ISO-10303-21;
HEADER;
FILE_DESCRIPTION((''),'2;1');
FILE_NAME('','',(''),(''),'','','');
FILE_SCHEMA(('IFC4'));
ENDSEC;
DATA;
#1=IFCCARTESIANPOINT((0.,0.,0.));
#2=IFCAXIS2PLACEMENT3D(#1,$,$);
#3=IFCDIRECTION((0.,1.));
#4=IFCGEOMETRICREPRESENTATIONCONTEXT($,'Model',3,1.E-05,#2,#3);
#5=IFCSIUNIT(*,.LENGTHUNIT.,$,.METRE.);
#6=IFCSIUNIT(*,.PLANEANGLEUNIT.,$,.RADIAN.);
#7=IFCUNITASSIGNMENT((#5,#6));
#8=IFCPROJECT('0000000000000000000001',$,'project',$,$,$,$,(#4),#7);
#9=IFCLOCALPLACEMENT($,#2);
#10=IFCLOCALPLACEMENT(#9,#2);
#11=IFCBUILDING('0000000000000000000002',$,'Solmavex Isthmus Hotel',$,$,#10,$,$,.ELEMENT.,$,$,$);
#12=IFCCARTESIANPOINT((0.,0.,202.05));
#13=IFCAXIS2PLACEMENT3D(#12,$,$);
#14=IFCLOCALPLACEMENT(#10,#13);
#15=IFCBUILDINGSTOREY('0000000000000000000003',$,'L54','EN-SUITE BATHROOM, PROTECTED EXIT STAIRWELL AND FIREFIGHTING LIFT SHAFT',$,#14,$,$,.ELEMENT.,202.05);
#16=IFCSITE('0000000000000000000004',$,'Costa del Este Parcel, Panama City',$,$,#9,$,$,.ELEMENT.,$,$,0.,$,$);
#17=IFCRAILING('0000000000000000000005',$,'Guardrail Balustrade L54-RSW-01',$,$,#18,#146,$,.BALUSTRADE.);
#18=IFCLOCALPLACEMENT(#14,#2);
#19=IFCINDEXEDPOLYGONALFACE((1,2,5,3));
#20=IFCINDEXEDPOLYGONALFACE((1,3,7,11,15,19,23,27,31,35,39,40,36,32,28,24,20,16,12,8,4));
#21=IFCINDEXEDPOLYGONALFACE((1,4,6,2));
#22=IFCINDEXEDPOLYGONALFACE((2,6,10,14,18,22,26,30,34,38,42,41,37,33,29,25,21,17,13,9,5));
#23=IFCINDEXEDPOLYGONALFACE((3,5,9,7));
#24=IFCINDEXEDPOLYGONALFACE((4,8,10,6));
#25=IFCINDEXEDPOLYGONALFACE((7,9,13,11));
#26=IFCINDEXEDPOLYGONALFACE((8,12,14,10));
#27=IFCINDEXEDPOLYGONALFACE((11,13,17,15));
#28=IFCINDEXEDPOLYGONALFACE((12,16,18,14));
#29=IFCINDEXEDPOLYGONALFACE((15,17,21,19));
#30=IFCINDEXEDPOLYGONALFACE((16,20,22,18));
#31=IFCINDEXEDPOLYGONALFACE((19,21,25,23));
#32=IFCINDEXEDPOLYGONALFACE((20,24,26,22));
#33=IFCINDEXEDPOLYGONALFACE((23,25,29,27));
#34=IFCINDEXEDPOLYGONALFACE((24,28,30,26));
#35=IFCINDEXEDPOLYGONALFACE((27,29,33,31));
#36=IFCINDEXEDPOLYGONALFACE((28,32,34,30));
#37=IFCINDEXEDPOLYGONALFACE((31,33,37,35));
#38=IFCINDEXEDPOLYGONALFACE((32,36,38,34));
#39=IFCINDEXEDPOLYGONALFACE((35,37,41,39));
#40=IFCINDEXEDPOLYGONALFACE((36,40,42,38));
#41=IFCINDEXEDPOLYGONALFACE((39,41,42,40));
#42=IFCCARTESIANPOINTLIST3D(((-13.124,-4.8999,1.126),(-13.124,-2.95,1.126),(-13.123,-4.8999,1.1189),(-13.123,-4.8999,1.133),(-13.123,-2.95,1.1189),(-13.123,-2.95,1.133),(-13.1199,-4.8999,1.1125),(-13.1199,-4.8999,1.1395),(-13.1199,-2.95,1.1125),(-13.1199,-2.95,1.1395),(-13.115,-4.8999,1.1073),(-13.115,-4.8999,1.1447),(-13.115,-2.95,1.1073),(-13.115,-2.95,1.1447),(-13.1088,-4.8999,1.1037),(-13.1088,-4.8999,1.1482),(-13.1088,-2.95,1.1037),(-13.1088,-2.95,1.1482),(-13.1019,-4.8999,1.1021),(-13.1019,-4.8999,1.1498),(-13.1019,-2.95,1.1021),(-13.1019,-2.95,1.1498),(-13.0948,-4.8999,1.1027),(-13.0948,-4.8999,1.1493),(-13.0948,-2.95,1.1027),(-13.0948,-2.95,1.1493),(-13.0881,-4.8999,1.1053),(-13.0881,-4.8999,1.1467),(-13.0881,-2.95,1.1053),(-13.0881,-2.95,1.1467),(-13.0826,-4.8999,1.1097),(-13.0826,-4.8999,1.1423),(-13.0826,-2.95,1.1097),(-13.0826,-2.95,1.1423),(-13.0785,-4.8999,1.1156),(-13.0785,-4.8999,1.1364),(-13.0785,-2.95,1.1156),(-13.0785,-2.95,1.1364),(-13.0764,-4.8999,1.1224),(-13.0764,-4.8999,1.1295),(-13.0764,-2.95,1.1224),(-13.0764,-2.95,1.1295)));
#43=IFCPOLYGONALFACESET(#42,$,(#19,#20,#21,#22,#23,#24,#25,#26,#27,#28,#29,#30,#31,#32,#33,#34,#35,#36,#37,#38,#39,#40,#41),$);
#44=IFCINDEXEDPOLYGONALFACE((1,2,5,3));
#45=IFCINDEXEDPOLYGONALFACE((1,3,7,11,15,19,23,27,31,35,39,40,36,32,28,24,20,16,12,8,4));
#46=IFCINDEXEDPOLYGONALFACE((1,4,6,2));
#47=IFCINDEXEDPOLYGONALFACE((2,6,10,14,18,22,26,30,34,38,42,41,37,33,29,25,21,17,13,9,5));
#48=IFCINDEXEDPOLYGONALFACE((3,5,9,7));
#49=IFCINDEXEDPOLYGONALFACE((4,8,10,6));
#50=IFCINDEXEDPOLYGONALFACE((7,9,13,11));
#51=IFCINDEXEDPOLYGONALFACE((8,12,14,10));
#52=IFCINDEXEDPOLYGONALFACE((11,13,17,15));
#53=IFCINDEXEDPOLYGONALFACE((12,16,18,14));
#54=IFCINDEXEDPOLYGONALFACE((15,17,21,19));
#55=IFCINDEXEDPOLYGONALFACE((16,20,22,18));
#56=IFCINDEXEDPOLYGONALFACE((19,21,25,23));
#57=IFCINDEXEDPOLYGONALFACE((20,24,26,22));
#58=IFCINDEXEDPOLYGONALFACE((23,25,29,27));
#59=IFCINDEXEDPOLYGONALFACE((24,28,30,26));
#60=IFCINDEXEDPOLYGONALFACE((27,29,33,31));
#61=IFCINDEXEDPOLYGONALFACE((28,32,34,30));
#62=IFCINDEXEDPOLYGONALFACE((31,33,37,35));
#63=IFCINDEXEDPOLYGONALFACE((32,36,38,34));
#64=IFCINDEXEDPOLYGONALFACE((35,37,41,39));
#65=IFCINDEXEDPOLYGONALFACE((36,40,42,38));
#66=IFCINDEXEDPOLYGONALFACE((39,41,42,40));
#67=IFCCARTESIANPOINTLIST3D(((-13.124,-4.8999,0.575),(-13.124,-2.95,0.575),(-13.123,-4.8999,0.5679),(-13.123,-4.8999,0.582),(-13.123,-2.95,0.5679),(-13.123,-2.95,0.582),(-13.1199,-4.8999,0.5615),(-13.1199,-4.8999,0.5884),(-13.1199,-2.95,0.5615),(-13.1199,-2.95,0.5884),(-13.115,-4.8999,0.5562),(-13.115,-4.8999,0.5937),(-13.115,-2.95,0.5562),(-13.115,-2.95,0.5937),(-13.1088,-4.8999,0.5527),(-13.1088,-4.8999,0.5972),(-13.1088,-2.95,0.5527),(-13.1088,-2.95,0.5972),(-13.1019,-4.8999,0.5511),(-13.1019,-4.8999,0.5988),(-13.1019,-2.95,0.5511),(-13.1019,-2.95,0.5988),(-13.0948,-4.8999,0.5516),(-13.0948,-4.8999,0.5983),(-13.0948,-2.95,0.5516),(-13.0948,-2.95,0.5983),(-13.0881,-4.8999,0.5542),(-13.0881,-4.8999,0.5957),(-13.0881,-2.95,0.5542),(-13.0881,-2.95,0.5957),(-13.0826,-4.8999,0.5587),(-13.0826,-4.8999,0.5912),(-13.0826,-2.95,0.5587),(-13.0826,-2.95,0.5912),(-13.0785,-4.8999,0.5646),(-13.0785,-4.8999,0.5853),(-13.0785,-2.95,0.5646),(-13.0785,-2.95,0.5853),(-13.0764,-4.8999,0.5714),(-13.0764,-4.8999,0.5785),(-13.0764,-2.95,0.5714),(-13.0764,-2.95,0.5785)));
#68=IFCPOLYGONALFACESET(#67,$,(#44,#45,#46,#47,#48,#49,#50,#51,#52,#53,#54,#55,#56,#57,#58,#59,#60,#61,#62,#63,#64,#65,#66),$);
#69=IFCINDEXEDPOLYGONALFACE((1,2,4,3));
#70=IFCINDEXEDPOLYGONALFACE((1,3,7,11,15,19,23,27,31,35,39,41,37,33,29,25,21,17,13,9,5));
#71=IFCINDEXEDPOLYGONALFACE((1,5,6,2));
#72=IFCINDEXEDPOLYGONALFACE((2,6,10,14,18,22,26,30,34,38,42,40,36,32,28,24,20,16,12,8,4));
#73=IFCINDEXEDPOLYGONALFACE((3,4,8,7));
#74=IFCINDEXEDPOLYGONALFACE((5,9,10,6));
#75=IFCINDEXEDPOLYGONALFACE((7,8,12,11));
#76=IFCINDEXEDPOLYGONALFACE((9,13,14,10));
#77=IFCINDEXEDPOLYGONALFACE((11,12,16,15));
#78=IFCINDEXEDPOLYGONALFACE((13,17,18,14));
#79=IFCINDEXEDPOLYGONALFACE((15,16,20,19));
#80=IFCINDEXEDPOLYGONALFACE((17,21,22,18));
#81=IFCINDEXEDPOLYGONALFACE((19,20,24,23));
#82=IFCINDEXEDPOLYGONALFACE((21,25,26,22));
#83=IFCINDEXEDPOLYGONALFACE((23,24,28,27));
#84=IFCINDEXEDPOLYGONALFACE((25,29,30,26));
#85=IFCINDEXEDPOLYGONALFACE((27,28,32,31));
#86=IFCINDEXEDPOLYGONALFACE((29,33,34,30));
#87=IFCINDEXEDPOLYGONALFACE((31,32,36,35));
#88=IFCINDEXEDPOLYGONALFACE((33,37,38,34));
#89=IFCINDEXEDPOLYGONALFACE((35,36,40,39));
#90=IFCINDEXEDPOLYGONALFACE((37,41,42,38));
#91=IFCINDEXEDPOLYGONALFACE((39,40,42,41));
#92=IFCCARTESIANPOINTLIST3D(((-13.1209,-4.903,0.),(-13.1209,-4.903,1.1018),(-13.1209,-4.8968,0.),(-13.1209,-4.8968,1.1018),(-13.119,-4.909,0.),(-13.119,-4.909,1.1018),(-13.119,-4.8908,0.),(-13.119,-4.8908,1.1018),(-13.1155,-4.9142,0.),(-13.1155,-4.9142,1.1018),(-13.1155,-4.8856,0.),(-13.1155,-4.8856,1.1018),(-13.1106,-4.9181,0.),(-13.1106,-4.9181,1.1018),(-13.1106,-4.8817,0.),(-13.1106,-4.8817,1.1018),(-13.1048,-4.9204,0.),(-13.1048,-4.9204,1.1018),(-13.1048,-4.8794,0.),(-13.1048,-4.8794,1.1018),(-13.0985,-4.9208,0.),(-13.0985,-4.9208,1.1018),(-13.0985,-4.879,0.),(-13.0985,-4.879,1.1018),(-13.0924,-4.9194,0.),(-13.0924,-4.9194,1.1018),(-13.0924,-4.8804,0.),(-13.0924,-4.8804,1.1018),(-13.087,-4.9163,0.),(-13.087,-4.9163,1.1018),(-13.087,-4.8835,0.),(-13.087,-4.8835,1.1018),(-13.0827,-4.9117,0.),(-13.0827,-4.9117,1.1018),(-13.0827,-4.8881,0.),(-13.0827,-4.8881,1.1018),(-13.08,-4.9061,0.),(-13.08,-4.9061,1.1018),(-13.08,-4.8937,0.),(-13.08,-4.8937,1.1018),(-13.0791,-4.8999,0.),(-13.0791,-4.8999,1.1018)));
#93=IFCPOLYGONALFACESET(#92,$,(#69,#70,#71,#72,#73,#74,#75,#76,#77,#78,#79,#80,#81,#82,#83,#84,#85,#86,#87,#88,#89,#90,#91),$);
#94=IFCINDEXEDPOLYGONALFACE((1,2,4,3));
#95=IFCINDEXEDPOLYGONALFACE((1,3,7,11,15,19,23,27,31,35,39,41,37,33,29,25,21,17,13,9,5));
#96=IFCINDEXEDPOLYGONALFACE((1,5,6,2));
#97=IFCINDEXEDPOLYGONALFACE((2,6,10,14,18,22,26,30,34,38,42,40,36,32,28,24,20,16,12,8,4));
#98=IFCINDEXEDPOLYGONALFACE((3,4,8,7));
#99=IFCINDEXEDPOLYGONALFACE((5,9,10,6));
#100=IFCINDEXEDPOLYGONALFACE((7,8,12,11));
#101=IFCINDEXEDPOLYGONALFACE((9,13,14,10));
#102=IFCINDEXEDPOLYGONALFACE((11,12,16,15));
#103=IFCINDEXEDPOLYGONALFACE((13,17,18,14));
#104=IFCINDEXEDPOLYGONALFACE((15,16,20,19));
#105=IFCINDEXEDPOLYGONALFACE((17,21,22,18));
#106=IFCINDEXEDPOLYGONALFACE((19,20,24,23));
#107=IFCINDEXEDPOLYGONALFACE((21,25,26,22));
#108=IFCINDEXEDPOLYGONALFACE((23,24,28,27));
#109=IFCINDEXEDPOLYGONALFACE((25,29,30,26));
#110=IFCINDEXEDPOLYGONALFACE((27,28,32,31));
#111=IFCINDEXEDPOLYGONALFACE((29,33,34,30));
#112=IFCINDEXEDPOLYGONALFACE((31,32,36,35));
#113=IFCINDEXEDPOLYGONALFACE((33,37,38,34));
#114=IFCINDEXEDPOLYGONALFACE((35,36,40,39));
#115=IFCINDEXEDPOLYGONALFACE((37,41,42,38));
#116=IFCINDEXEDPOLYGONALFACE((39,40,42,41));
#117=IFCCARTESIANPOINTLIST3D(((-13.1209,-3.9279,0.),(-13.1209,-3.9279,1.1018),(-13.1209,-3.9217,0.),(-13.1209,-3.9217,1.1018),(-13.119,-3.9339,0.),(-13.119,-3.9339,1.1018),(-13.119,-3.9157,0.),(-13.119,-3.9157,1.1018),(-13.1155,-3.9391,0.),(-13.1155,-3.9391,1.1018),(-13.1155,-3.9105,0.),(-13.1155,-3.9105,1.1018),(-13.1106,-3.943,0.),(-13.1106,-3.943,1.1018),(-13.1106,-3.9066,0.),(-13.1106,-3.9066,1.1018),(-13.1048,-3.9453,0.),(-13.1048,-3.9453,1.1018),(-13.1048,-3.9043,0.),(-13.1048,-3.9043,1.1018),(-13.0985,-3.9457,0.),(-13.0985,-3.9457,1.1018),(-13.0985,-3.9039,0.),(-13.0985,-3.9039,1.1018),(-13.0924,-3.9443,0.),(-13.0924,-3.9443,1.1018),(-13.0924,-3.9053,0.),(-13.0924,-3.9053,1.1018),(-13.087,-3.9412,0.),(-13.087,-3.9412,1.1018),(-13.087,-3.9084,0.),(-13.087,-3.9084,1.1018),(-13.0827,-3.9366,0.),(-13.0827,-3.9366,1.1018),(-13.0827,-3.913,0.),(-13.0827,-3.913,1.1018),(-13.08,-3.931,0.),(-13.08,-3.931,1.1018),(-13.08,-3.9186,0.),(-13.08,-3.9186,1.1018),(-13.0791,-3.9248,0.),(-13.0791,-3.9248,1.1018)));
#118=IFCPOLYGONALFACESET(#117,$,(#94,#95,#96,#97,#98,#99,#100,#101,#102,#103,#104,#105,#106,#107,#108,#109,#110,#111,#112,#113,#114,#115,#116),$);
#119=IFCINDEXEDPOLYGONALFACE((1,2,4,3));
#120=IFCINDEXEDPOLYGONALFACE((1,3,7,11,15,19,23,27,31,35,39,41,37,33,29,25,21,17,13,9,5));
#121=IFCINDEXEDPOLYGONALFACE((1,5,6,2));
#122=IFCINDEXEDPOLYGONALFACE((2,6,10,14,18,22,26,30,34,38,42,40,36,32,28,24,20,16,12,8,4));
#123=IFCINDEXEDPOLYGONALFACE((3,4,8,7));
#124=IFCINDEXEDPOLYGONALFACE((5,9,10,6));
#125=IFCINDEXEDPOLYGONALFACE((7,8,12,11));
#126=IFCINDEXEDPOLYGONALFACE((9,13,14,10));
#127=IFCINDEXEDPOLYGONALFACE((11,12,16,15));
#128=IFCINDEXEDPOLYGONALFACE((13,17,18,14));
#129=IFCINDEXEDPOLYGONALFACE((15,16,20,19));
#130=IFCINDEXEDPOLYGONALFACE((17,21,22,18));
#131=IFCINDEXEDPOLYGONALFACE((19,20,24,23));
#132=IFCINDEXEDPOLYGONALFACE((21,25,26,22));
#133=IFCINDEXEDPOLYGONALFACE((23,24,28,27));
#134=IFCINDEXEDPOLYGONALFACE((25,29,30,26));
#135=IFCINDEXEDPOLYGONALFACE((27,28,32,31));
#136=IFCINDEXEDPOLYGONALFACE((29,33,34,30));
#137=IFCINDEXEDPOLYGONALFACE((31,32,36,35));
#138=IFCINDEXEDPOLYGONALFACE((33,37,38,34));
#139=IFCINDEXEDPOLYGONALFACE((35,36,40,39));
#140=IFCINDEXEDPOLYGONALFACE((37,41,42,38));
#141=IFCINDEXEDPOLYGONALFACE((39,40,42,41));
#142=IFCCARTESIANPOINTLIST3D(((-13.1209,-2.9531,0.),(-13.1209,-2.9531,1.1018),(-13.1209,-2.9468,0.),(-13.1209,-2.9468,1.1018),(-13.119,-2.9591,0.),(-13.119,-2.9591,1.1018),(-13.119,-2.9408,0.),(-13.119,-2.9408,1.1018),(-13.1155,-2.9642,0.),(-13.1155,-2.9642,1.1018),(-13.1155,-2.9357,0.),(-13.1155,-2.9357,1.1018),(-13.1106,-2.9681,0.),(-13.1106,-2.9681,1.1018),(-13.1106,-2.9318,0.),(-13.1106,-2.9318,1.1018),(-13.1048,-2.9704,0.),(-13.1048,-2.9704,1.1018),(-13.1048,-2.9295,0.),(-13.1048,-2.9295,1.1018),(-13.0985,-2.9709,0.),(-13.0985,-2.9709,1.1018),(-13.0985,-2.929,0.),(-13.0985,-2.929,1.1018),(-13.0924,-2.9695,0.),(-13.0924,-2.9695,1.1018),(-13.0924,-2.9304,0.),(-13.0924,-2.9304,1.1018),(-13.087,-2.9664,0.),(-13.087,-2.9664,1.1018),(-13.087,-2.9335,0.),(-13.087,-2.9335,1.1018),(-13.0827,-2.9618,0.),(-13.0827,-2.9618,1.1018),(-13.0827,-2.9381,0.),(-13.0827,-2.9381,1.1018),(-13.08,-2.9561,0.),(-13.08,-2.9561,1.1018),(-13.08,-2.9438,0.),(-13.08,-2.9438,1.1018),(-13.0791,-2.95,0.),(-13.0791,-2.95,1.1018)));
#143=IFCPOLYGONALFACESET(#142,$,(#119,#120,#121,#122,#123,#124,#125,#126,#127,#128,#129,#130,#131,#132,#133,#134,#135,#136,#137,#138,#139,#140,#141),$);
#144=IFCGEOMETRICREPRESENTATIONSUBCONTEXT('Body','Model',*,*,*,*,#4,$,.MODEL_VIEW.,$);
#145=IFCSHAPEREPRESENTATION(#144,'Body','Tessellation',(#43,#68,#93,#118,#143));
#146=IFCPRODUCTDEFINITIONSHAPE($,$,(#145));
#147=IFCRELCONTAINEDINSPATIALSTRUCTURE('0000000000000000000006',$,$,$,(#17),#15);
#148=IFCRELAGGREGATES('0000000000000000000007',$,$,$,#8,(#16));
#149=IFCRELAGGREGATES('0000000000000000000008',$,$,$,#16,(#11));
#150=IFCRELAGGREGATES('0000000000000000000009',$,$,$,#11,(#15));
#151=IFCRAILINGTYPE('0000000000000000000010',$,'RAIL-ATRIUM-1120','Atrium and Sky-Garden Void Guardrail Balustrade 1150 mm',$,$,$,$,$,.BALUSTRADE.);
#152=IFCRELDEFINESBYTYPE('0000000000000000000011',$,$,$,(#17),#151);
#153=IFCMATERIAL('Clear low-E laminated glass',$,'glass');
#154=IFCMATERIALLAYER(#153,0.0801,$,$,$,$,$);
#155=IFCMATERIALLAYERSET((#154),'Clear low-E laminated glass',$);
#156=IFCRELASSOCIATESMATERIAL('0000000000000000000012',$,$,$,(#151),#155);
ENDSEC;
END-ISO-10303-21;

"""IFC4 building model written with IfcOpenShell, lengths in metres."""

from ifc_helpers import new_model, si_unit, direction, frame, origin, origin_2d, place, context, subcontext, project, spatial, circle, extrude, material, layer, layer_set, type_object, element, save


model = new_model("IFC4")

# Units and contexts
model_context = context("Model", 3, precision=1e-05, world=origin(), true_north=direction((0.0, 1.0)))
body_context = subcontext(model_context, "Body", "Model", "MODEL_VIEW")
ifc_project = project(units=[si_unit("LENGTHUNIT", "METRE"), si_unit("PLANEANGLEUNIT", "RADIAN")], contexts=[model_context])

# Site, building, storey
site_placement = place(None, origin())
site = spatial("IfcSite", under=ifc_project, at=site_placement, Name="Costa del Este Parcel, Panama City", CompositionType="ELEMENT", RefElevation=0.0)
building_placement = place(site_placement, origin())
building = spatial("IfcBuilding", under=site, at=building_placement, Name="Solmavex Isthmus Hotel", CompositionType="ELEMENT")
storey_placement = place(building_placement, frame((0.0, 0.0, 202.05)))
storey = spatial("IfcBuildingStorey", under=building, at=storey_placement, Name="L54", Description="EN-SUITE BATHROOM, PROTECTED EXIT STAIRWELL AND FIREFIGHTING LIFT SHAFT", CompositionType="ELEMENT", Elevation=202.05)

# Shared definitions
ifc_material_1 = material(Name="Clear low-E laminated glass", Category="glass")

# Railing
ifc_layer_1 = layer(ifc_material_1, 0.0801)
ifc_layer_set_1 = layer_set([ifc_layer_1], Name="Clear low-E laminated glass")
railing_type_1 = type_object("IfcRailingType", Name="RAIL-ATRIUM-1120", Description="Atrium and Sky-Garden Void Guardrail Balustrade 1150 mm", PredefinedType="BALUSTRADE", material=ifc_layer_set_1)
railing_1_placement = place(storey_placement, frame((-13.1001, -4.8999, 0.0)))
element("IfcRailing", 1, at=railing_1_placement, inside=storey, type_object=railing_type_1, Name="Guardrail Balustrade L54-RSW-01", PredefinedType="BALUSTRADE", context=body_context, shape_type="SweptSolid", body=[
    extrude(circle(Radius=0.0239, at=origin_2d()), frame((0.0, 0.0, 1.126), z_axis=(0.0, 1.0, 0.0), x_axis=(-1.0, 0.0, 0.0)), (0.0, 0.0, 1.0), 1.95),
    extrude(circle(Radius=0.0239, at=origin_2d()), frame((0.0, 0.0, 0.575), z_axis=(0.0, 1.0, 0.0), x_axis=(-1.0, 0.0, 0.0)), (0.0, 0.0, 1.0), 1.95),
    extrude(circle(Radius=0.021, at=origin_2d()), origin(), (0.0, 0.0, 1.0), 1.1018),
    extrude(circle(Radius=0.021, at=origin_2d()), frame((0.0, 0.9751, 0.0)), (0.0, 0.0, 1.0), 1.1018),
    extrude(circle(Radius=0.021, at=origin_2d()), frame((0.0, 1.95, 0.0)), (0.0, 0.0, 1.0), 1.1018),
])

save(model, "model.ifc")
